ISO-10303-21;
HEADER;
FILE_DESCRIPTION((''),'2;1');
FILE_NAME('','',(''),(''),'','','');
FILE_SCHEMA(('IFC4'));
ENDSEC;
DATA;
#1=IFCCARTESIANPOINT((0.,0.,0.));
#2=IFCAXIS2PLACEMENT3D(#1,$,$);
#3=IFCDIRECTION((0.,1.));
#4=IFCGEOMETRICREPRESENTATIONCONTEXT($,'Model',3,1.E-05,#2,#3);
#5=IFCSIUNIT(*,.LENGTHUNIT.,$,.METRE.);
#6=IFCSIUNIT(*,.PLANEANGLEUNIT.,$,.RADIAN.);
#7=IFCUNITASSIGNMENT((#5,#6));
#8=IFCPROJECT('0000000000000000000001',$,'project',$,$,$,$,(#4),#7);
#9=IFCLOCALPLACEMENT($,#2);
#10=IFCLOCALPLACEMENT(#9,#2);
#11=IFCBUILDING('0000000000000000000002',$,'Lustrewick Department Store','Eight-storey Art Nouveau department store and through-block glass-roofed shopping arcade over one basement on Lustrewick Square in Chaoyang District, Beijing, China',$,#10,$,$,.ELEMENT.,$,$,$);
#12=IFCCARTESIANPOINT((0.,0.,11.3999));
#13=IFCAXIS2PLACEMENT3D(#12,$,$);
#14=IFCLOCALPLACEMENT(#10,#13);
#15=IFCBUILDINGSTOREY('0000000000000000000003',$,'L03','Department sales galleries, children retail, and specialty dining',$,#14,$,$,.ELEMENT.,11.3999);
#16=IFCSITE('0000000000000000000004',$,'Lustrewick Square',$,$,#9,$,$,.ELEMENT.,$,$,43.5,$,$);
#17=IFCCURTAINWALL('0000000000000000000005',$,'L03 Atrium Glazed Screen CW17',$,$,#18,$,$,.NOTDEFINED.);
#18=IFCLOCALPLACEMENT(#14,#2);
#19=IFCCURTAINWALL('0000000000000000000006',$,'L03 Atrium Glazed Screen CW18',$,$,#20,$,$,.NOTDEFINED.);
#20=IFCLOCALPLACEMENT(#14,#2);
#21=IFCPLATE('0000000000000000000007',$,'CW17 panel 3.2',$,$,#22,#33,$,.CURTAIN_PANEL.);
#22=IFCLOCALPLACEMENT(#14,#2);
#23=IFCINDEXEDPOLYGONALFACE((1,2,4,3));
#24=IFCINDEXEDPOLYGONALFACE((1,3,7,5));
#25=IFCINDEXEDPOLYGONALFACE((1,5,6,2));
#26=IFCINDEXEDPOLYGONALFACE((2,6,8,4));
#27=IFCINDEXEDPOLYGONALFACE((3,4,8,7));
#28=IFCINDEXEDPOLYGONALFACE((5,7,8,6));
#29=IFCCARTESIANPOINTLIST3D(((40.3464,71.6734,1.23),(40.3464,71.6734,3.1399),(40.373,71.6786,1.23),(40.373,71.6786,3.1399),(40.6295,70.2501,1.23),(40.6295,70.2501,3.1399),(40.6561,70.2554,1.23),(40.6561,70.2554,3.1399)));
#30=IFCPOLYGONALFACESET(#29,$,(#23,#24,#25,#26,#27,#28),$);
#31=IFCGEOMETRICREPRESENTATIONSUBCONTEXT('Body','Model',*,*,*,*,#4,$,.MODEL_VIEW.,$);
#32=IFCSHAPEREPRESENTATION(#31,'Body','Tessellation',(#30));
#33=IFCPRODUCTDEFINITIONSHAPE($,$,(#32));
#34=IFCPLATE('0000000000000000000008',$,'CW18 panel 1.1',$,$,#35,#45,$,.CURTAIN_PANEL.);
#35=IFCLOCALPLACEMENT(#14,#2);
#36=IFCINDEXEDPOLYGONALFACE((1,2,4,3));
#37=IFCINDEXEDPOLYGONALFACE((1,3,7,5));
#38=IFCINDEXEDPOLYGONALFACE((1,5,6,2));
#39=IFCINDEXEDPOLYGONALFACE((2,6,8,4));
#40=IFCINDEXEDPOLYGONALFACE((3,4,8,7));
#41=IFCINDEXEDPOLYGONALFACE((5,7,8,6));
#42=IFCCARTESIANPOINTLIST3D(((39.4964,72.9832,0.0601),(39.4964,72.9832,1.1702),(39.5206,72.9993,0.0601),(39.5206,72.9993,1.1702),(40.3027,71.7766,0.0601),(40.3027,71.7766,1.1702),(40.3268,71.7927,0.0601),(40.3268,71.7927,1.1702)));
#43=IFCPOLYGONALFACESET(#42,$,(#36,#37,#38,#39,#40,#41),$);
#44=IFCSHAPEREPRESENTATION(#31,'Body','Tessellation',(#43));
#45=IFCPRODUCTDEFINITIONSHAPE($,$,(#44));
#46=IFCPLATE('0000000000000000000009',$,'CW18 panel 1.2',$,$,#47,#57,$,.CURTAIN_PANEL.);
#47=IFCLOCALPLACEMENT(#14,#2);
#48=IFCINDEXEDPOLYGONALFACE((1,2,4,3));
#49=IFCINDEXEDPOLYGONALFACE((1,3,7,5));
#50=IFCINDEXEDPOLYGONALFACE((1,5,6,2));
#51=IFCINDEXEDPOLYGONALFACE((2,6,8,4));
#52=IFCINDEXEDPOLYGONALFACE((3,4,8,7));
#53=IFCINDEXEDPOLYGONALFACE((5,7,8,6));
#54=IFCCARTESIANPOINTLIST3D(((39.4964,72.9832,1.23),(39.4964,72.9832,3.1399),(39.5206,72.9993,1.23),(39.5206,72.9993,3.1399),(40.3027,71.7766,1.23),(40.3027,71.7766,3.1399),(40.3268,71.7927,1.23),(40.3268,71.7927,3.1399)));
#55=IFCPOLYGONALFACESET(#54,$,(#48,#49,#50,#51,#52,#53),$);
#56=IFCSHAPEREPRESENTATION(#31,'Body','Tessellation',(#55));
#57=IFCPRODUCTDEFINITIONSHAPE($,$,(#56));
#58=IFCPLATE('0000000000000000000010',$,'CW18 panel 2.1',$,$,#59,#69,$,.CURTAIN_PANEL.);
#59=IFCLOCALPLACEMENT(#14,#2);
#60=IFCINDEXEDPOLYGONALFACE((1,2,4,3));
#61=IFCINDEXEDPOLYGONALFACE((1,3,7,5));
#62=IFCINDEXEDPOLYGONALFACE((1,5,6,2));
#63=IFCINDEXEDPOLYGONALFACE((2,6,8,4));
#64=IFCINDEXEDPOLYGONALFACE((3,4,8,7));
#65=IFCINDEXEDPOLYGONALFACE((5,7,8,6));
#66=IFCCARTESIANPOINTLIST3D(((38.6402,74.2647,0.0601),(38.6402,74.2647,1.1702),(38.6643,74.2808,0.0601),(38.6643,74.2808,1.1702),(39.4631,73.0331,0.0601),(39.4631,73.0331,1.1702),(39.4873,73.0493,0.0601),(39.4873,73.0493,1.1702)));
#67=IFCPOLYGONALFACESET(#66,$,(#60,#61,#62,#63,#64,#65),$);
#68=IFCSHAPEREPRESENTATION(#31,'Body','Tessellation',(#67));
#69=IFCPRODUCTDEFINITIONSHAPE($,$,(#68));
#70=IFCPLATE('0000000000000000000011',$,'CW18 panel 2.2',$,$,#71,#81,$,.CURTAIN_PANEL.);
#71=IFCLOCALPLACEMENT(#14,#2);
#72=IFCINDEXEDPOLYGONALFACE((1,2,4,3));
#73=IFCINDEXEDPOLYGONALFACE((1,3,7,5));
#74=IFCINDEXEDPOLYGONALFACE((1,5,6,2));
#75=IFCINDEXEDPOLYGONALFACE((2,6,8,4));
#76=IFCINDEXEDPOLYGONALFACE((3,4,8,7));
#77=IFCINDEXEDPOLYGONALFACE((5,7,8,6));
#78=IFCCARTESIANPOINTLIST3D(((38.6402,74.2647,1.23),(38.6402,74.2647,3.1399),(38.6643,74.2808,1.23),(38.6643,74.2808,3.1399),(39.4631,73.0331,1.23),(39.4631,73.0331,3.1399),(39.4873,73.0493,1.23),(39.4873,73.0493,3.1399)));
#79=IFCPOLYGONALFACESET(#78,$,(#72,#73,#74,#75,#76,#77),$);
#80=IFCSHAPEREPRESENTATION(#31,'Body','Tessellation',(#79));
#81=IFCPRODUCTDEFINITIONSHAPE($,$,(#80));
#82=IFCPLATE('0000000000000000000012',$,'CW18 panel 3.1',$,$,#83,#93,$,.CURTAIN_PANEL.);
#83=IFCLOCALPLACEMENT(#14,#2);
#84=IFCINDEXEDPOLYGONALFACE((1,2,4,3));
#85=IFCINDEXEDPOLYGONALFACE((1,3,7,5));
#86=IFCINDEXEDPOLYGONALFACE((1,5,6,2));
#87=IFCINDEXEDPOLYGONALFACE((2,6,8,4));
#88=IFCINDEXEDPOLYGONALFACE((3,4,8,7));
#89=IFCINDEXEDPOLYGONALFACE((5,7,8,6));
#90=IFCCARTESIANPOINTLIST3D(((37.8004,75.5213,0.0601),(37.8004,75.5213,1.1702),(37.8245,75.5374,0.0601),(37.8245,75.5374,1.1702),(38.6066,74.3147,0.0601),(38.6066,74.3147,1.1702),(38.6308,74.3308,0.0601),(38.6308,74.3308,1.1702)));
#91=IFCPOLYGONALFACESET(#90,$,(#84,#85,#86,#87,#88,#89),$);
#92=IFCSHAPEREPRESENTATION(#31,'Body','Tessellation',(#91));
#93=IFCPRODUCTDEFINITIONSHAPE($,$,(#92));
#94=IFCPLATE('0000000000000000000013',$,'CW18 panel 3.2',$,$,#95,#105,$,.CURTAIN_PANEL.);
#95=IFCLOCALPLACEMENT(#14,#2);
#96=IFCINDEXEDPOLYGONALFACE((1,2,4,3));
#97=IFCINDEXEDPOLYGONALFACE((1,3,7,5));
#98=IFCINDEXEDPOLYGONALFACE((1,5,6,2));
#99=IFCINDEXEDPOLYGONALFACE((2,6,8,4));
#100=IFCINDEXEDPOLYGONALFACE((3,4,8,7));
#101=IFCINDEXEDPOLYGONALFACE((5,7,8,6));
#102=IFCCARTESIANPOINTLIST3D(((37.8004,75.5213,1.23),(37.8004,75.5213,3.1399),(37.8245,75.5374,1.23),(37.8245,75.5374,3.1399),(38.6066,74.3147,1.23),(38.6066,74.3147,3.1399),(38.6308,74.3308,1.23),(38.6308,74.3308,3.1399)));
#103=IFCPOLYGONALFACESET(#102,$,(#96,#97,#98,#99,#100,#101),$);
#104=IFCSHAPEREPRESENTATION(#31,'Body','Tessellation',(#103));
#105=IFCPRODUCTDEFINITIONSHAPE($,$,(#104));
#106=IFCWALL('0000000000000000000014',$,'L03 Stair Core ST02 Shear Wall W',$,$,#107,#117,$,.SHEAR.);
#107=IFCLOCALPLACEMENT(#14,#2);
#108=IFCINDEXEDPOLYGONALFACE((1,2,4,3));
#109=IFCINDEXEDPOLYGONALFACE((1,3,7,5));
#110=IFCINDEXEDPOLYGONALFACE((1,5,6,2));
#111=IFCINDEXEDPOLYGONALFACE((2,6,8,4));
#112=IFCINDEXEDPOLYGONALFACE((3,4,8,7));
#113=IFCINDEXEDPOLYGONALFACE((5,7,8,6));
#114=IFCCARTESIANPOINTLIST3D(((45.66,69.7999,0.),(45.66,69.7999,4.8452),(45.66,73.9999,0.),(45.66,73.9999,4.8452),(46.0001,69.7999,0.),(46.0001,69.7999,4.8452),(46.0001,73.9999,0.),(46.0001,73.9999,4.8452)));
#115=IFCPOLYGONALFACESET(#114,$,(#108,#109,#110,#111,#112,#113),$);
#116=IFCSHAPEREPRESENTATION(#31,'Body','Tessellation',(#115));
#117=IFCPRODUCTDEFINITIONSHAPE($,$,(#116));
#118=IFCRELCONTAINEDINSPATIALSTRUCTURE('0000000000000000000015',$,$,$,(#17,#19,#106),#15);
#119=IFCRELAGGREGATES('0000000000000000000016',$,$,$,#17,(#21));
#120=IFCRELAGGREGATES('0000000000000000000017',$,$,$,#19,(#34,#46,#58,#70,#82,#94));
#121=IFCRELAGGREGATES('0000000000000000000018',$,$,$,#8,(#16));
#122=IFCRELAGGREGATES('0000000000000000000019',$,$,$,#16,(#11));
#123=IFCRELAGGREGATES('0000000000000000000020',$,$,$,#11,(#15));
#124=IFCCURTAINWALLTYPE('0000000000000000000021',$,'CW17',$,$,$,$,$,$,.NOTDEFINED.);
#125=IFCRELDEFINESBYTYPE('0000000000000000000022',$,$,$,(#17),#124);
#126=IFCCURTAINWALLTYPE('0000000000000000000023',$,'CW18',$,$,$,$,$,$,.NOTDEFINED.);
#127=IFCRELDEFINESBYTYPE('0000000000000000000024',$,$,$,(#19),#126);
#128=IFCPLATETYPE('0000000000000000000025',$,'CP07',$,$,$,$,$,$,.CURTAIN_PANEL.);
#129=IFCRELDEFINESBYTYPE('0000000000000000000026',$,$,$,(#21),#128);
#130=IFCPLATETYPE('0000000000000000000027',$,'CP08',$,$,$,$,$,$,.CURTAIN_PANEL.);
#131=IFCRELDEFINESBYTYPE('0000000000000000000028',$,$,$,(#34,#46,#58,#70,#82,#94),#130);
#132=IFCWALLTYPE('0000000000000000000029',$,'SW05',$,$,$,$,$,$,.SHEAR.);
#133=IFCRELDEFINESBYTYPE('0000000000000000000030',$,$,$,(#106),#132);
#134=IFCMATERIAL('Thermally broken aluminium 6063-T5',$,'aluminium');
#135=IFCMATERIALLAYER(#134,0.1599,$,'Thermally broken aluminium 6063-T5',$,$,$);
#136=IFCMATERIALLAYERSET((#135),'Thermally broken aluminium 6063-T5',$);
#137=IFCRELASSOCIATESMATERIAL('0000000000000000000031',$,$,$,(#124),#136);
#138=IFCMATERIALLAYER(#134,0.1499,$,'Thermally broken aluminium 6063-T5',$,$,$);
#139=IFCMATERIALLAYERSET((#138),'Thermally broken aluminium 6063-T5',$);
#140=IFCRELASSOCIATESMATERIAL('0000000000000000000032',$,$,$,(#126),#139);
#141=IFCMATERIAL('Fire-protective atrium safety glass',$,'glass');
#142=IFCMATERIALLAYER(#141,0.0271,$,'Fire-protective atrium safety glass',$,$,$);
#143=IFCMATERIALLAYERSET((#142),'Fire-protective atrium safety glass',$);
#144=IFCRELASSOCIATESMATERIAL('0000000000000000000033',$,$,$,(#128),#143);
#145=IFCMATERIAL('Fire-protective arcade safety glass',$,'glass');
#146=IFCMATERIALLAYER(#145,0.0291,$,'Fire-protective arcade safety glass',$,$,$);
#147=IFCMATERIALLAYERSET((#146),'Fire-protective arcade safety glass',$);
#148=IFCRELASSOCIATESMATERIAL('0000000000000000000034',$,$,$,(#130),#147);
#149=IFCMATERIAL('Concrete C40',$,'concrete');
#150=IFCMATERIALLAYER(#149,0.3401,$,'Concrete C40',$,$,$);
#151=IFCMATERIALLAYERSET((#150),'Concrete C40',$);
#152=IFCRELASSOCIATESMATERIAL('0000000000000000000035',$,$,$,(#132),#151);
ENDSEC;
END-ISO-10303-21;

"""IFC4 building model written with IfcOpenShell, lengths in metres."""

from ifc_helpers import new_model, si_unit, direction, frame, frame_2d, origin, origin_2d, place, context, subcontext, project, spatial, rectangle, extrude, material, layer, layer_set, type_object, element, aggregate, save


model = new_model("IFC4")

# Units and contexts
model_context = context("Model", 3, precision=1e-05, world=origin(), true_north=direction((0.0, 1.0)))
body_context = subcontext(model_context, "Body", "Model", "MODEL_VIEW")
ifc_project = project(units=[si_unit("LENGTHUNIT", "METRE"), si_unit("PLANEANGLEUNIT", "RADIAN")], contexts=[model_context])

# Site, building, storey
site_placement = place(None, origin())
site = spatial("IfcSite", under=ifc_project, at=site_placement, Name="Lustrewick Square", CompositionType="ELEMENT", RefElevation=43.5)
building_placement = place(site_placement, origin())
building = spatial("IfcBuilding", under=site, at=building_placement, Name="Lustrewick Department Store", Description="Eight-storey Art Nouveau department store and through-block glass-roofed shopping arcade over one basement on Lustrewick Square in Chaoyang District, Beijing, China", CompositionType="ELEMENT")
storey_placement = place(building_placement, frame((0.0, 0.0, 11.3999)))
storey = spatial("IfcBuildingStorey", under=building, at=storey_placement, Name="L03", Description="Department sales galleries, children retail, and specialty dining", CompositionType="ELEMENT", Elevation=11.3999)

# Shared definitions
ifc_material_1 = material(Name="Thermally broken aluminium 6063-T5", Category="aluminium")

# Curtain walls
ifc_layer_1 = layer(ifc_material_1, 0.1599, Name="Thermally broken aluminium 6063-T5")
ifc_layer_set_1 = layer_set([ifc_layer_1], Name="Thermally broken aluminium 6063-T5")
curtain_wall_type_1 = type_object("IfcCurtainWallType", Name="CW17", PredefinedType="NOTDEFINED", material=ifc_layer_set_1)
curtain_wall_1_placement = place(storey_placement, origin())
curtain_wall_1 = element("IfcCurtainWall", 1, at=curtain_wall_1_placement, inside=storey, type_object=curtain_wall_type_1, Name="L03 Atrium Glazed Screen CW17", PredefinedType="NOTDEFINED")
ifc_layer_2 = layer(ifc_material_1, 0.1499, Name="Thermally broken aluminium 6063-T5")
ifc_layer_set_2 = layer_set([ifc_layer_2], Name="Thermally broken aluminium 6063-T5")
curtain_wall_type_2 = type_object("IfcCurtainWallType", Name="CW18", PredefinedType="NOTDEFINED", material=ifc_layer_set_2)
curtain_wall_2_placement = place(storey_placement, origin())
curtain_wall_2 = element("IfcCurtainWall", 2, at=curtain_wall_2_placement, inside=storey, type_object=curtain_wall_type_2, Name="L03 Atrium Glazed Screen CW18", PredefinedType="NOTDEFINED")

# Plates
ifc_material_2 = material(Name="Fire-protective atrium safety glass", Category="glass")
ifc_layer_3 = layer(ifc_material_2, 0.0271, Name="Fire-protective atrium safety glass")
ifc_layer_set_3 = layer_set([ifc_layer_3], Name="Fire-protective atrium safety glass")
plate_type_1 = type_object("IfcPlateType", Name="CP07", PredefinedType="CURTAIN_PANEL", material=ifc_layer_set_3)
plate_1_placement = place(storey_placement, frame((40.5012, 70.9644, 1.23), z_axis=(0.0, 0.0, 1.0), x_axis=(-0.195085, 0.980786, 0.0)))
plate_1 = element("IfcPlate", 3, at=plate_1_placement, type_object=plate_type_1, Name="CW17 panel 3.2", PredefinedType="CURTAIN_PANEL", context=body_context, shape_type="SweptSolid", body=[
    extrude(rectangle(XDim=1.4512, YDim=0.0271, at=origin_2d()), origin(), (0.0, 0.0, 1.0), 1.9099),
])
aggregate(curtain_wall_1, [plate_1])
ifc_material_3 = material(Name="Fire-protective arcade safety glass", Category="glass")
ifc_layer_4 = layer(ifc_material_3, 0.0291, Name="Fire-protective arcade safety glass")
ifc_layer_set_4 = layer_set([ifc_layer_4], Name="Fire-protective arcade safety glass")
plate_type_2 = type_object("IfcPlateType", Name="CP08", PredefinedType="CURTAIN_PANEL", material=ifc_layer_set_4)
plate_2_placement = place(storey_placement, frame((39.9116, 72.3879, 0.0601), z_axis=(0.0, 0.0, 1.0), x_axis=(-0.555578, 0.831464, 0.0)))
plate_2 = element("IfcPlate", 4, at=plate_2_placement, type_object=plate_type_2, Name="CW18 panel 1.1", PredefinedType="CURTAIN_PANEL", context=body_context, shape_type="SweptSolid", body=[
    extrude(rectangle(XDim=1.4512, YDim=0.0291, at=origin_2d()), origin(), (0.0, 0.0, 1.0), 1.1101),
])
plate_3_placement = place(storey_placement, frame((39.9116, 72.3879, 1.23), z_axis=(0.0, 0.0, 1.0), x_axis=(-0.555578, 0.831464, 0.0)))
plate_3 = element("IfcPlate", 5, at=plate_3_placement, type_object=plate_type_2, Name="CW18 panel 1.2", PredefinedType="CURTAIN_PANEL", context=body_context, shape_type="SweptSolid", body=[
    extrude(rectangle(XDim=1.4512, YDim=0.0291, at=origin_2d()), origin(), (0.0, 0.0, 1.0), 1.9099),
])
plate_4_placement = place(storey_placement, frame((39.0637, 73.657, 0.0601), z_axis=(0.0, 0.0, 1.0), x_axis=(-0.555578, 0.831464, 0.0)))
plate_4 = element("IfcPlate", 6, at=plate_4_placement, type_object=plate_type_2, Name="CW18 panel 2.1", PredefinedType="CURTAIN_PANEL", context=body_context, shape_type="SweptSolid", body=[
    extrude(rectangle(XDim=1.4812, YDim=0.0291, at=origin_2d()), origin(), (0.0, 0.0, 1.0), 1.1101),
])
plate_5_placement = place(storey_placement, frame((39.0637, 73.657, 1.23), z_axis=(0.0, 0.0, 1.0), x_axis=(-0.555578, 0.831464, 0.0)))
plate_5 = element("IfcPlate", 7, at=plate_5_placement, type_object=plate_type_2, Name="CW18 panel 2.2", PredefinedType="CURTAIN_PANEL", context=body_context, shape_type="SweptSolid", body=[
    extrude(rectangle(XDim=1.4812, YDim=0.0291, at=origin_2d()), origin(), (0.0, 0.0, 1.0), 1.9099),
])
plate_6_placement = place(storey_placement, frame((38.2156, 74.926, 0.0601), z_axis=(0.0, 0.0, 1.0), x_axis=(-0.555578, 0.831464, 0.0)))
plate_6 = element("IfcPlate", 8, at=plate_6_placement, type_object=plate_type_2, Name="CW18 panel 3.1", PredefinedType="CURTAIN_PANEL", context=body_context, shape_type="SweptSolid", body=[
    extrude(rectangle(XDim=1.4512, YDim=0.0291, at=origin_2d()), origin(), (0.0, 0.0, 1.0), 1.1101),
])
plate_7_placement = place(storey_placement, frame((38.2156, 74.926, 1.23), z_axis=(0.0, 0.0, 1.0), x_axis=(-0.555578, 0.831464, 0.0)))
plate_7 = element("IfcPlate", 9, at=plate_7_placement, type_object=plate_type_2, Name="CW18 panel 3.2", PredefinedType="CURTAIN_PANEL", context=body_context, shape_type="SweptSolid", body=[
    extrude(rectangle(XDim=1.4512, YDim=0.0291, at=origin_2d()), origin(), (0.0, 0.0, 1.0), 1.9099),
])
aggregate(curtain_wall_2, [plate_2, plate_3, plate_4, plate_5, plate_6, plate_7])

# Wall
ifc_material_4 = material(Name="Concrete C40", Category="concrete")
ifc_layer_5 = layer(ifc_material_4, 0.3401, Name="Concrete C40")
ifc_layer_set_5 = layer_set([ifc_layer_5], Name="Concrete C40")
wall_type = type_object("IfcWallType", Name="SW05", PredefinedType="SHEAR", material=ifc_layer_set_5)
wall_placement = place(storey_placement, frame((45.8301, 74.0, 0.0), z_axis=(0.0, 0.0, 1.0), x_axis=(0.0, -1.0, 0.0)))
element("IfcWall", 10, at=wall_placement, inside=storey, type_object=wall_type, Name="L03 Stair Core ST02 Shear Wall W", PredefinedType="SHEAR", context=body_context, shape_type="SweptSolid", body=[
    extrude(rectangle(XDim=4.2, YDim=0.3401, at=frame_2d((2.1001, 0.0))), origin(), (0.0, 0.0, 1.0), 4.8452),
])

save(model, "model.ifc")
